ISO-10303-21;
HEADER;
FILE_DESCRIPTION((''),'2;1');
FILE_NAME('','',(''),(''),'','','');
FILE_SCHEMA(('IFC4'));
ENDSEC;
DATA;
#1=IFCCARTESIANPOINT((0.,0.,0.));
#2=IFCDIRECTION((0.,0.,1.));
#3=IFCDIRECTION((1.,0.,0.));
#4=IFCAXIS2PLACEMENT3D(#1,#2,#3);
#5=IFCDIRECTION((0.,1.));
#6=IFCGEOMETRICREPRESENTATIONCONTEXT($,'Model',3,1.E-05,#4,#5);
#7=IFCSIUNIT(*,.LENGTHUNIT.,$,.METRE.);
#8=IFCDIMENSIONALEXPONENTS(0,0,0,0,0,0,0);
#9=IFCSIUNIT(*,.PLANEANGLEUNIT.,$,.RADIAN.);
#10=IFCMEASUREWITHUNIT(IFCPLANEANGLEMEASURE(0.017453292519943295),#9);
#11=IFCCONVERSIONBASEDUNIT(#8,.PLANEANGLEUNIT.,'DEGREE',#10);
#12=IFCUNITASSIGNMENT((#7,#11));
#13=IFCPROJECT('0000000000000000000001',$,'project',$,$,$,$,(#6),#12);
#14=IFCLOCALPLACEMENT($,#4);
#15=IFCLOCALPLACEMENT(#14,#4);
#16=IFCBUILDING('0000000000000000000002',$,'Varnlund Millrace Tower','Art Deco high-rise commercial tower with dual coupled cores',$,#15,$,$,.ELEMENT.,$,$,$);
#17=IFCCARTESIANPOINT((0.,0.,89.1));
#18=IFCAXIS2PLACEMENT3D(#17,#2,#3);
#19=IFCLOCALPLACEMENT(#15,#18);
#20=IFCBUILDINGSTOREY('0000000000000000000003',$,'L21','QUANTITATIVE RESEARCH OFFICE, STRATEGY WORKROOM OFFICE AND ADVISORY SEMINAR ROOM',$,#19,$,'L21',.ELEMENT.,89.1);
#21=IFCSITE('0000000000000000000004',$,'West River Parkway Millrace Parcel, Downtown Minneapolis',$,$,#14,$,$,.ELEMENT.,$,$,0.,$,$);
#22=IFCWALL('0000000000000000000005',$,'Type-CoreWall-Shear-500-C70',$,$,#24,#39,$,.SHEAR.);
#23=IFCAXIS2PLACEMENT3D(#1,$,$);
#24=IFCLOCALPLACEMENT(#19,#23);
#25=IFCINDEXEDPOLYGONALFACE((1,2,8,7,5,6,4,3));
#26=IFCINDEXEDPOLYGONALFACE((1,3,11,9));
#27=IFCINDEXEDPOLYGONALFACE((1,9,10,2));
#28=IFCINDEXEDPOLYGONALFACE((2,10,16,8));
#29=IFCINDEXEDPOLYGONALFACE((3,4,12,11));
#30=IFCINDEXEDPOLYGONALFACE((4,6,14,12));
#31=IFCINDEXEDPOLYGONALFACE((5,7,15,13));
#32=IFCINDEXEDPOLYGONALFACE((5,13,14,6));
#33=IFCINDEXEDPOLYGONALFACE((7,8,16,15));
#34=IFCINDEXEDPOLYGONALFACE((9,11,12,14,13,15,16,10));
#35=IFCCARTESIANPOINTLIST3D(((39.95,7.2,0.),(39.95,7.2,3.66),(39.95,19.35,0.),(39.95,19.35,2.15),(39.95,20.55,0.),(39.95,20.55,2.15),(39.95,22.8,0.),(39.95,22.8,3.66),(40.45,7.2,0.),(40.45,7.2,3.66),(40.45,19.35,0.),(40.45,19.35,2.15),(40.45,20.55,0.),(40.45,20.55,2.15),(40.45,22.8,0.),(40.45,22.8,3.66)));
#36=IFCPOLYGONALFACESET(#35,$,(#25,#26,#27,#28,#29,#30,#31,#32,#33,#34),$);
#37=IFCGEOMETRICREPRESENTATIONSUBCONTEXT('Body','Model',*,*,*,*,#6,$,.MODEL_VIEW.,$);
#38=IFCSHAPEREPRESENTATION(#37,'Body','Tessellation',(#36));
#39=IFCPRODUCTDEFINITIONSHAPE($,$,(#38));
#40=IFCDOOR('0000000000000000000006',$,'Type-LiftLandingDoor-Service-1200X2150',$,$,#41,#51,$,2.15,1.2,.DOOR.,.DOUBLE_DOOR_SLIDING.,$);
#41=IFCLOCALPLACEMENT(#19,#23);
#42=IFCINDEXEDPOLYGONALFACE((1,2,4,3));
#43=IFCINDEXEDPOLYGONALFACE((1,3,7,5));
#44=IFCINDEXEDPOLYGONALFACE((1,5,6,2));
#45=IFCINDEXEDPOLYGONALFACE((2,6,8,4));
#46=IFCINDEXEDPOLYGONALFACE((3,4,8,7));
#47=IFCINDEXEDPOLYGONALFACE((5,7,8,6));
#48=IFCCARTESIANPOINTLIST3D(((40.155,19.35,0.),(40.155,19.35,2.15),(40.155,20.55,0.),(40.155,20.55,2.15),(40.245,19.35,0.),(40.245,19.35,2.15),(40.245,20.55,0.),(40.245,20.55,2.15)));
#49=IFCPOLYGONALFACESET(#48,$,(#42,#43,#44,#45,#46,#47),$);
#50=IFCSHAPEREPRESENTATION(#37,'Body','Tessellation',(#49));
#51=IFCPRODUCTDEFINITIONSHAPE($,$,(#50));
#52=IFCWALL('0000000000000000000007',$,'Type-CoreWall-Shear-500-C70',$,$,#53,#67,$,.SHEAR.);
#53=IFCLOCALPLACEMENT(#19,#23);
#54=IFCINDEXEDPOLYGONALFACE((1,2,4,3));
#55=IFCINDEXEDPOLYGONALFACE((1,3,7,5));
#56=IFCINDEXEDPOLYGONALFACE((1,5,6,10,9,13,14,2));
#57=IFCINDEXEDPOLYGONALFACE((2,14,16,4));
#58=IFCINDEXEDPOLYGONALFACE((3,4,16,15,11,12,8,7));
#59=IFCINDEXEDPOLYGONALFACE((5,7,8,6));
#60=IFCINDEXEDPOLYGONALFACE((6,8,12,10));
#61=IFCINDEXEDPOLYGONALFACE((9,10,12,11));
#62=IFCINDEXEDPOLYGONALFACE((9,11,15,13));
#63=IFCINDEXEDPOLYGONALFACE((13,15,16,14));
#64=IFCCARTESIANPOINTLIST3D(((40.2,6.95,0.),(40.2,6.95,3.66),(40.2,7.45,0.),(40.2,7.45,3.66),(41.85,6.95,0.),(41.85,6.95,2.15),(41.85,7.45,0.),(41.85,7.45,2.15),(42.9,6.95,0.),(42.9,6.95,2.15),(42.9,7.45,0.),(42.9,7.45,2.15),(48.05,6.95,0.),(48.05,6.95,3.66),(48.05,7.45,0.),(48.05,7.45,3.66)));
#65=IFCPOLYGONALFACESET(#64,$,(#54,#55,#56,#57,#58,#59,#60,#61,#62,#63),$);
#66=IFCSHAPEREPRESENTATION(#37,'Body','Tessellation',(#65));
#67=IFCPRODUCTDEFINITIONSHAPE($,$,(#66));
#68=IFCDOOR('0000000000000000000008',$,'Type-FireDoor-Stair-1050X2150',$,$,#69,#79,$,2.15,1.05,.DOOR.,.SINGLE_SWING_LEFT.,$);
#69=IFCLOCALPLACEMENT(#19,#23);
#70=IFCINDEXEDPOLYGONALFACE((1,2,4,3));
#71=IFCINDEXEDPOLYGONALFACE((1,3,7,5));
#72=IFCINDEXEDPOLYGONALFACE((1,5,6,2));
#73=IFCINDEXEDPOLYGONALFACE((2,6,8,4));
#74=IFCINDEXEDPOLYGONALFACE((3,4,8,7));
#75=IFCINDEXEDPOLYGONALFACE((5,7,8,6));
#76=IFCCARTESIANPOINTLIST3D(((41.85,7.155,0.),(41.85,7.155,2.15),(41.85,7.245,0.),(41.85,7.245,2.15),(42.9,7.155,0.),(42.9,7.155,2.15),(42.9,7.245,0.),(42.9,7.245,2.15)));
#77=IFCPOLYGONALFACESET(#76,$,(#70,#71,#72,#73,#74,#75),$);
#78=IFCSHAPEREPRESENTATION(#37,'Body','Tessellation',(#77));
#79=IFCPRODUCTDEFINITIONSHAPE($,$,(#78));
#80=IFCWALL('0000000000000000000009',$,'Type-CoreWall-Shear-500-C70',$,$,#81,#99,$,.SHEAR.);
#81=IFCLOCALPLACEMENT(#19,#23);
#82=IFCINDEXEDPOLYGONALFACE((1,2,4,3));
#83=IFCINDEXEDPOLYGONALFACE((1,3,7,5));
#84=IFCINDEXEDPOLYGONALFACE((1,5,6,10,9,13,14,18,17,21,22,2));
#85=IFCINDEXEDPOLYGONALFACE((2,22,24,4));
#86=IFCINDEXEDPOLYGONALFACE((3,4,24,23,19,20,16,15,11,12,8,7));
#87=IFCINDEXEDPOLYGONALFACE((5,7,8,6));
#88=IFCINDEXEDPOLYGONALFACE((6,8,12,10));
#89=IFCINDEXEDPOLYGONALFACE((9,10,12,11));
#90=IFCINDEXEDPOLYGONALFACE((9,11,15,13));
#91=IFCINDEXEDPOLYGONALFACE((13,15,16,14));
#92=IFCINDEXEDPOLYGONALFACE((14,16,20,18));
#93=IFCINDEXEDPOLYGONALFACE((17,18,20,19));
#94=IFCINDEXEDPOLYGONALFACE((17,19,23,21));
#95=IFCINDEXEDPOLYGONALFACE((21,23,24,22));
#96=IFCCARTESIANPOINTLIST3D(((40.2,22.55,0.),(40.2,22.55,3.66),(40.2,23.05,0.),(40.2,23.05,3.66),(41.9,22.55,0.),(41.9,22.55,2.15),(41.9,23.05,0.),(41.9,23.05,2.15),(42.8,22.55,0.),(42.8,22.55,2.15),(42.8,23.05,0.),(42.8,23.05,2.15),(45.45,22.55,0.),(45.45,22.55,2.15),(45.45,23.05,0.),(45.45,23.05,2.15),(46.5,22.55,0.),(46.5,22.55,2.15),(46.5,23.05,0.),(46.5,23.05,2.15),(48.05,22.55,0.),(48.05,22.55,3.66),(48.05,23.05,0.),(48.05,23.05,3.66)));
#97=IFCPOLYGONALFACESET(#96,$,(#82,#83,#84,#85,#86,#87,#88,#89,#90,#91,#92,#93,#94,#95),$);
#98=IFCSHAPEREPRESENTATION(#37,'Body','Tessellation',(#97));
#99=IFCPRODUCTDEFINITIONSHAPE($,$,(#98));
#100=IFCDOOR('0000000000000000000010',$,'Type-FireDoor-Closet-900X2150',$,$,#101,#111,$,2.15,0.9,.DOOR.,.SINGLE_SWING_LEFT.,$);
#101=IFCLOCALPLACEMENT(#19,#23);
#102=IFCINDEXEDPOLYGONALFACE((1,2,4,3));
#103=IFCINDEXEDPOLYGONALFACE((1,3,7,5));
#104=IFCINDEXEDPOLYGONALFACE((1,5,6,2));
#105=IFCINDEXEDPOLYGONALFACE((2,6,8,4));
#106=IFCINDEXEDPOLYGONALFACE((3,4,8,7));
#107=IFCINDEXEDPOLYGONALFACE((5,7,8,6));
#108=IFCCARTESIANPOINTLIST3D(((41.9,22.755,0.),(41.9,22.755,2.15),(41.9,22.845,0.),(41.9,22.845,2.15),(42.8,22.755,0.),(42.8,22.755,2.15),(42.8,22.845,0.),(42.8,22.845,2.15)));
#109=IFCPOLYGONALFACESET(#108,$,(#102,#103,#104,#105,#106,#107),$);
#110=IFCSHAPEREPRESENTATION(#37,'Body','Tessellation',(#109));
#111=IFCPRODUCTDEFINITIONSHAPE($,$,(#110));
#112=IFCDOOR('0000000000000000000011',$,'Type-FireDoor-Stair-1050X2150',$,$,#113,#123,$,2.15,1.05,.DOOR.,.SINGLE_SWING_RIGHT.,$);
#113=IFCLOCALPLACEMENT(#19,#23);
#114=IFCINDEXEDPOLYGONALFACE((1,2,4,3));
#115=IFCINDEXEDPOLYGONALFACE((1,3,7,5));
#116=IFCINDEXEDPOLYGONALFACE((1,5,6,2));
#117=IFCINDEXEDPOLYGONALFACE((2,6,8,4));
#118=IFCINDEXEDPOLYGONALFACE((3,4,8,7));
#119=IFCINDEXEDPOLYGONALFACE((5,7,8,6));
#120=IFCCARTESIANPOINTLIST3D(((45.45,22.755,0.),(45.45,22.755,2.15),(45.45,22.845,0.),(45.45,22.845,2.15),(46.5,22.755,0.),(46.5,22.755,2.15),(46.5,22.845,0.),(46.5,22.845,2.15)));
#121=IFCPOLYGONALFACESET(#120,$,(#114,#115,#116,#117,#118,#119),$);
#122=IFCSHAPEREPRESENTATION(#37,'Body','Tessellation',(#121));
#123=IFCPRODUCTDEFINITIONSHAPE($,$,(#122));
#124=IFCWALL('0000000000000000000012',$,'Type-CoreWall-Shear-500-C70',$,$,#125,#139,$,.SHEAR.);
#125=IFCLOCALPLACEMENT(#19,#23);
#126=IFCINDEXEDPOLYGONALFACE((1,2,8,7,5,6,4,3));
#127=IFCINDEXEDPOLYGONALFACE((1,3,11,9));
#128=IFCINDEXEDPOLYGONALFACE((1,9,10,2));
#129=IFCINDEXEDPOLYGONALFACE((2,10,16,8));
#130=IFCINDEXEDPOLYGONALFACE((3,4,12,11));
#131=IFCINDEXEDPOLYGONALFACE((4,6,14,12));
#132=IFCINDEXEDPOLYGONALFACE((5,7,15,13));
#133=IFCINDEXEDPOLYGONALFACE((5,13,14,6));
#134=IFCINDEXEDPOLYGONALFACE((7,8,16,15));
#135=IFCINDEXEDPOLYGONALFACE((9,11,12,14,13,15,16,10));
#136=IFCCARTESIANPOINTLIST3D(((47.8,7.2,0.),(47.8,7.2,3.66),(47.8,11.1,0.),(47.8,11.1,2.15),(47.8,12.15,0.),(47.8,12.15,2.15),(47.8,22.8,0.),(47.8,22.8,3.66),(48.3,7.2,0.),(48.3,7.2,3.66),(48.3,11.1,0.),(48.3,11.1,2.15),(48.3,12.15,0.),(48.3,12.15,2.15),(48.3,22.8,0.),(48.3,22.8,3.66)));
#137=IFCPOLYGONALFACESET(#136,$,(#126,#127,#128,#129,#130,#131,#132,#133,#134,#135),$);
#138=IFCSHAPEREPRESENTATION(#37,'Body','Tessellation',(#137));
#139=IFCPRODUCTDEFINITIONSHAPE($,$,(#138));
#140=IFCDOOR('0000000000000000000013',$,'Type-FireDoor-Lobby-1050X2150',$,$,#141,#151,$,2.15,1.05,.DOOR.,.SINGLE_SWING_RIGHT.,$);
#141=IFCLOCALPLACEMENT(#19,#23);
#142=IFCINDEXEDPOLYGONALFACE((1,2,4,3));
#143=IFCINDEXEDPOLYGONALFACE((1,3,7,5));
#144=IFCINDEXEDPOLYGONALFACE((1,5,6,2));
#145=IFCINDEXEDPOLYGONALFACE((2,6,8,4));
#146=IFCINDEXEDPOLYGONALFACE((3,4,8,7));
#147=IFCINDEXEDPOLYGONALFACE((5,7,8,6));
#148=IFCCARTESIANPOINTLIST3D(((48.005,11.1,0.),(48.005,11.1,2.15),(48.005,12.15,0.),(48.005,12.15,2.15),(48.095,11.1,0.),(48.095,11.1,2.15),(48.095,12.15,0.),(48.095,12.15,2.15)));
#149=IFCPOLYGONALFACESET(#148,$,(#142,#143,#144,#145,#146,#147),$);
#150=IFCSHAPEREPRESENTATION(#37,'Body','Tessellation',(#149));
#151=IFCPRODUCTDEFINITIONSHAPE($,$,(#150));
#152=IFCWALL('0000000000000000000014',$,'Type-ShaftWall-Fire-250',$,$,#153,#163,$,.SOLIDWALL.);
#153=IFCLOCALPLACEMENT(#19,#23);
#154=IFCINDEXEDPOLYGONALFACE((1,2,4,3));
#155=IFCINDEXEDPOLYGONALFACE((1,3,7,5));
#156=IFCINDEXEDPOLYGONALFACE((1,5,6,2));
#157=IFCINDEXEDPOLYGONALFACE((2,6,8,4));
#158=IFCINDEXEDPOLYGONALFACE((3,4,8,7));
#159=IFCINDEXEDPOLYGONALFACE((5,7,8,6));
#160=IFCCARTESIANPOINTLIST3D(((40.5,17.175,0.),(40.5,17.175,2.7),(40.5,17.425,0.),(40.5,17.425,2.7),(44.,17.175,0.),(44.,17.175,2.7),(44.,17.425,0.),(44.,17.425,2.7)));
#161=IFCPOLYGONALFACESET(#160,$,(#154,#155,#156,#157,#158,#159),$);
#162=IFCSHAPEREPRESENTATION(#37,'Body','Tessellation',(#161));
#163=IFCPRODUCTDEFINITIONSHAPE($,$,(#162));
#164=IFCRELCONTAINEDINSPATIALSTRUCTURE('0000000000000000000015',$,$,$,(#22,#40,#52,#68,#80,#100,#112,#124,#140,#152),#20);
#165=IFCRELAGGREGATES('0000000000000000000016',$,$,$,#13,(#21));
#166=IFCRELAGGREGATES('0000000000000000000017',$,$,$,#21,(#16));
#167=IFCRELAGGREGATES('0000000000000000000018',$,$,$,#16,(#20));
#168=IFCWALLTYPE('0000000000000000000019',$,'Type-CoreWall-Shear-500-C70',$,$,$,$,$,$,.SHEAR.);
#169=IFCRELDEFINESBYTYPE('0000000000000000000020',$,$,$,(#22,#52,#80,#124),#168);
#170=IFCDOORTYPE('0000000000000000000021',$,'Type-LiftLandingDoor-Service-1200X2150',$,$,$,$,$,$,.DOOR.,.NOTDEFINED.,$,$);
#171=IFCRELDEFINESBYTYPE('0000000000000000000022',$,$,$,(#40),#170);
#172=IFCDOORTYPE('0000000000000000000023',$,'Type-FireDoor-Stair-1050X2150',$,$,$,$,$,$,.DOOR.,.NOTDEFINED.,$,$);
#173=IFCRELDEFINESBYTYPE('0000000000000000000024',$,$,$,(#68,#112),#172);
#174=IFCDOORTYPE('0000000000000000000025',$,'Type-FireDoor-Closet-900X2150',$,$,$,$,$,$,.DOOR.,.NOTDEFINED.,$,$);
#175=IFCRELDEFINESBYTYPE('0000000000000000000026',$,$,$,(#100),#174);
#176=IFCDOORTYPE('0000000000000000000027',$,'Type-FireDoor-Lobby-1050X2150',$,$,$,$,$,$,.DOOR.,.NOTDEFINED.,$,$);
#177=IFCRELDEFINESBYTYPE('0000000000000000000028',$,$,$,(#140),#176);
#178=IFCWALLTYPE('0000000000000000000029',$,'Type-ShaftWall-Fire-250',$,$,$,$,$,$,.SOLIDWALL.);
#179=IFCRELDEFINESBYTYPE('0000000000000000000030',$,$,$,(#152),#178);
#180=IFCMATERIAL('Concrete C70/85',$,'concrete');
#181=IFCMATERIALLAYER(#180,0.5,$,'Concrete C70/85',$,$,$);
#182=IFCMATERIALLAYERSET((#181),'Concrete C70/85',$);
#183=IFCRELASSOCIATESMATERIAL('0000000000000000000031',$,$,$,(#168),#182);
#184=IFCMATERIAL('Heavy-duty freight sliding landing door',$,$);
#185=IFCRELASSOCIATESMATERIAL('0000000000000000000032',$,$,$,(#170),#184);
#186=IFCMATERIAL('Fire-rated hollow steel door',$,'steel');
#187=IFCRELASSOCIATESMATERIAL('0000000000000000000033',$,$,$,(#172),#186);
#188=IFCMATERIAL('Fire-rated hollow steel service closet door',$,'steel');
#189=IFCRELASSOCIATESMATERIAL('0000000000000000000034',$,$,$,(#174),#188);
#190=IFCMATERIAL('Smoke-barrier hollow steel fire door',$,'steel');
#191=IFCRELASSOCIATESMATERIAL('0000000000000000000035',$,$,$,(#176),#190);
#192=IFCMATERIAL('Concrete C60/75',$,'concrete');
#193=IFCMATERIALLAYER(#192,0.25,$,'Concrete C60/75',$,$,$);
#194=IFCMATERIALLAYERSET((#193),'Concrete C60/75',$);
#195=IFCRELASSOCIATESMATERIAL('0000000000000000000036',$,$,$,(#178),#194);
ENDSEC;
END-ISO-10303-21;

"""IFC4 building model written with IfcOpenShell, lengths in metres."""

from ifc_helpers import new_model, entity, si_unit, converted_unit, direction, frame, origin_with_axes, origin_2d_with_axis, place, context, subcontext, project, spatial, polyline, rectangle, outline, extrude, material, layer, layer_set, type_object, element, fill, save


model = new_model("IFC4")

# Units and contexts
model_context = context("Model", 3, precision=1e-05, world=origin_with_axes(), true_north=direction((0.0, 1.0)))
body_context = subcontext(model_context, "Body", "Model", "MODEL_VIEW")
ifc_project = project(units=[si_unit("LENGTHUNIT", "METRE"), converted_unit("PLANEANGLEUNIT", "DEGREE", entity("IfcPlaneAngleMeasure", 0.017453292519943295), si_unit("PLANEANGLEUNIT", "RADIAN"), dimensions=[0, 0, 0, 0, 0, 0, 0])], contexts=[model_context])

# Site, building, storey
site_placement = place(None, origin_with_axes())
site = spatial("IfcSite", under=ifc_project, at=site_placement, Name="West River Parkway Millrace Parcel, Downtown Minneapolis", CompositionType="ELEMENT", RefElevation=0.0)
building_placement = place(site_placement, origin_with_axes())
building = spatial("IfcBuilding", under=site, at=building_placement, Name="Varnlund Millrace Tower", Description="Art Deco high-rise commercial tower with dual coupled cores", CompositionType="ELEMENT")
storey_placement = place(building_placement, frame((0.0, 0.0, 89.1), z_axis=(0.0, 0.0, 1.0), x_axis=(1.0, 0.0, 0.0)))
storey = spatial("IfcBuildingStorey", under=building, at=storey_placement, Name="L21", Description="QUANTITATIVE RESEARCH OFFICE, STRATEGY WORKROOM OFFICE AND ADVISORY SEMINAR ROOM", LongName="L21", CompositionType="ELEMENT", Elevation=89.1)

# Walls, openings, doors
ifc_material_1 = material(Name="Concrete C70/85", Category="concrete")
ifc_layer_1 = layer(ifc_material_1, 0.5, Name="Concrete C70/85")
ifc_layer_set_1 = layer_set([ifc_layer_1], Name="Concrete C70/85")
wall_type_1 = type_object("IfcWallType", Name="Type-CoreWall-Shear-500-C70", PredefinedType="SHEAR", material=ifc_layer_set_1)
wall_1_placement = place(storey_placement, frame((40.2, 7.2, 0.0), z_axis=(0.0, 0.0, 1.0), x_axis=(0.0, 1.0, 0.0)))
wall_1 = element("IfcWall", 1, at=wall_1_placement, inside=storey, type_object=wall_type_1, Name="Type-CoreWall-Shear-500-C70", PredefinedType="SHEAR", context=body_context, shape_type="SweptSolid", body=[
    extrude(outline(polyline([(0.0, -0.25), (15.6, -0.25), (15.6, 0.25), (0.0, 0.25), (0.0, -0.25)])), origin_with_axes(), (0.0, 0.0, 1.0), 3.66),
])
opening_1_placement = place(wall_1_placement, frame((12.75, 0.0, 0.0), z_axis=(0.0, 0.0, 1.0), x_axis=(1.0, 0.0, 0.0)))
opening_1 = element("IfcOpeningElement", 2, at=opening_1_placement, cuts=wall_1, PredefinedType="OPENING", context=body_context, shape_type="SweptSolid", body=[
    extrude(rectangle(XDim=1.2, YDim=0.52, at=origin_2d_with_axis()), origin_with_axes(), (0.0, 0.0, 1.0), 2.15),
])
ifc_material_2 = material(Name="Heavy-duty freight sliding landing door")
door_type_1 = type_object("IfcDoorType", Name="Type-LiftLandingDoor-Service-1200X2150", OperationType="NOTDEFINED", PredefinedType="DOOR", material=ifc_material_2)
door_1_placement = place(wall_1_placement, frame((12.75, 0.0, 0.0), z_axis=(0.0, 0.0, 1.0), x_axis=(1.0, 0.0, 0.0)))
door_1 = element("IfcDoor", 3, at=door_1_placement, inside=storey, type_object=door_type_1, Name="Type-LiftLandingDoor-Service-1200X2150", OperationType="DOUBLE_DOOR_SLIDING", OverallHeight=2.15, OverallWidth=1.2, PredefinedType="DOOR", context=body_context, shape_type="SweptSolid", body=[
    extrude(rectangle(XDim=1.2, YDim=0.09, at=origin_2d_with_axis()), origin_with_axes(), (0.0, 0.0, 1.0), 2.15),
])
fill(opening_1, door_1)
wall_2_placement = place(storey_placement, frame((40.2, 7.2, 0.0), z_axis=(0.0, 0.0, 1.0), x_axis=(1.0, 0.0, 0.0)))
wall_2 = element("IfcWall", 4, at=wall_2_placement, inside=storey, type_object=wall_type_1, Name="Type-CoreWall-Shear-500-C70", PredefinedType="SHEAR", context=body_context, shape_type="SweptSolid", body=[
    extrude(outline(polyline([(0.0, -0.25), (7.85, -0.25), (7.85, 0.25), (0.0, 0.25), (0.0, -0.25)])), origin_with_axes(), (0.0, 0.0, 1.0), 3.66),
])
opening_2_placement = place(wall_2_placement, frame((2.175, 0.0, 0.0), z_axis=(0.0, 0.0, 1.0), x_axis=(1.0, 0.0, 0.0)))
opening_2 = element("IfcOpeningElement", 5, at=opening_2_placement, cuts=wall_2, PredefinedType="OPENING", context=body_context, shape_type="SweptSolid", body=[
    extrude(rectangle(XDim=1.05, YDim=0.52, at=origin_2d_with_axis()), origin_with_axes(), (0.0, 0.0, 1.0), 2.15),
])
ifc_material_3 = material(Name="Fire-rated hollow steel door", Category="steel")
door_type_2 = type_object("IfcDoorType", Name="Type-FireDoor-Stair-1050X2150", OperationType="NOTDEFINED", PredefinedType="DOOR", material=ifc_material_3)
door_2_placement = place(wall_2_placement, frame((2.175, 0.0, 0.0), z_axis=(0.0, 0.0, 1.0), x_axis=(1.0, 0.0, 0.0)))
door_2 = element("IfcDoor", 6, at=door_2_placement, inside=storey, type_object=door_type_2, Name="Type-FireDoor-Stair-1050X2150", OperationType="SINGLE_SWING_LEFT", OverallHeight=2.15, OverallWidth=1.05, PredefinedType="DOOR", context=body_context, shape_type="SweptSolid", body=[
    extrude(rectangle(XDim=1.05, YDim=0.09, at=origin_2d_with_axis()), origin_with_axes(), (0.0, 0.0, 1.0), 2.15),
])
fill(opening_2, door_2)

# Wall, openings, doors
wall_3_placement = place(storey_placement, frame((40.2, 22.8, 0.0), z_axis=(0.0, 0.0, 1.0), x_axis=(1.0, 0.0, 0.0)))
wall_3 = element("IfcWall", 7, at=wall_3_placement, inside=storey, type_object=wall_type_1, Name="Type-CoreWall-Shear-500-C70", PredefinedType="SHEAR", context=body_context, shape_type="SweptSolid", body=[
    extrude(outline(polyline([(0.0, -0.25), (7.85, -0.25), (7.85, 0.25), (0.0, 0.25), (0.0, -0.25)])), origin_with_axes(), (0.0, 0.0, 1.0), 3.66),
])
opening_3_placement = place(wall_3_placement, frame((5.775, 0.0, 0.0), z_axis=(0.0, 0.0, 1.0), x_axis=(1.0, 0.0, 0.0)))
opening_3 = element("IfcOpeningElement", 8, at=opening_3_placement, cuts=wall_3, PredefinedType="OPENING", context=body_context, shape_type="SweptSolid", body=[
    extrude(rectangle(XDim=1.05, YDim=0.52, at=origin_2d_with_axis()), origin_with_axes(), (0.0, 0.0, 1.0), 2.15),
])
opening_4_placement = place(wall_3_placement, frame((2.15, 0.0, 0.0), z_axis=(0.0, 0.0, 1.0), x_axis=(1.0, 0.0, 0.0)))
opening_4 = element("IfcOpeningElement", 9, at=opening_4_placement, cuts=wall_3, PredefinedType="OPENING", context=body_context, shape_type="SweptSolid", body=[
    extrude(rectangle(XDim=0.9, YDim=0.52, at=origin_2d_with_axis()), origin_with_axes(), (0.0, 0.0, 1.0), 2.15),
])
ifc_material_4 = material(Name="Fire-rated hollow steel service closet door", Category="steel")
door_type_3 = type_object("IfcDoorType", Name="Type-FireDoor-Closet-900X2150", OperationType="NOTDEFINED", PredefinedType="DOOR", material=ifc_material_4)
door_3_placement = place(wall_3_placement, frame((2.15, 0.0, 0.0), z_axis=(0.0, 0.0, 1.0), x_axis=(1.0, 0.0, 0.0)))
door_3 = element("IfcDoor", 10, at=door_3_placement, inside=storey, type_object=door_type_3, Name="Type-FireDoor-Closet-900X2150", OperationType="SINGLE_SWING_LEFT", OverallHeight=2.15, OverallWidth=0.9, PredefinedType="DOOR", context=body_context, shape_type="SweptSolid", body=[
    extrude(rectangle(XDim=0.9, YDim=0.09, at=origin_2d_with_axis()), origin_with_axes(), (0.0, 0.0, 1.0), 2.15),
])
fill(opening_4, door_3)
door_4_placement = place(wall_3_placement, frame((5.775, 0.0, 0.0), z_axis=(0.0, 0.0, 1.0), x_axis=(1.0, 0.0, 0.0)))
door_4 = element("IfcDoor", 11, at=door_4_placement, inside=storey, type_object=door_type_2, Name="Type-FireDoor-Stair-1050X2150", OperationType="SINGLE_SWING_RIGHT", OverallHeight=2.15, OverallWidth=1.05, PredefinedType="DOOR", context=body_context, shape_type="SweptSolid", body=[
    extrude(rectangle(XDim=1.05, YDim=0.09, at=origin_2d_with_axis()), origin_with_axes(), (0.0, 0.0, 1.0), 2.15),
])
fill(opening_3, door_4)

# Wall, opening, door
wall_4_placement = place(storey_placement, frame((48.05, 7.2, 0.0), z_axis=(0.0, 0.0, 1.0), x_axis=(0.0, 1.0, 0.0)))
wall_4 = element("IfcWall", 12, at=wall_4_placement, inside=storey, type_object=wall_type_1, Name="Type-CoreWall-Shear-500-C70", PredefinedType="SHEAR", context=body_context, shape_type="SweptSolid", body=[
    extrude(outline(polyline([(0.0, -0.25), (15.6, -0.25), (15.6, 0.25), (0.0, 0.25), (0.0, -0.25)])), origin_with_axes(), (0.0, 0.0, 1.0), 3.66),
])
opening_5_placement = place(wall_4_placement, frame((4.425, 0.0, 0.0), z_axis=(0.0, 0.0, 1.0), x_axis=(1.0, 0.0, 0.0)))
opening_5 = element("IfcOpeningElement", 13, at=opening_5_placement, cuts=wall_4, PredefinedType="OPENING", context=body_context, shape_type="SweptSolid", body=[
    extrude(rectangle(XDim=1.05, YDim=0.52, at=origin_2d_with_axis()), origin_with_axes(), (0.0, 0.0, 1.0), 2.15),
])
ifc_material_5 = material(Name="Smoke-barrier hollow steel fire door", Category="steel")
door_type_4 = type_object("IfcDoorType", Name="Type-FireDoor-Lobby-1050X2150", OperationType="NOTDEFINED", PredefinedType="DOOR", material=ifc_material_5)
door_5_placement = place(wall_4_placement, frame((4.425, 0.0, 0.0), z_axis=(0.0, 0.0, 1.0), x_axis=(1.0, 0.0, 0.0)))
door_5 = element("IfcDoor", 14, at=door_5_placement, inside=storey, type_object=door_type_4, Name="Type-FireDoor-Lobby-1050X2150", OperationType="SINGLE_SWING_RIGHT", OverallHeight=2.15, OverallWidth=1.05, PredefinedType="DOOR", context=body_context, shape_type="SweptSolid", body=[
    extrude(rectangle(XDim=1.05, YDim=0.09, at=origin_2d_with_axis()), origin_with_axes(), (0.0, 0.0, 1.0), 2.15),
])
fill(opening_5, door_5)

# Wall
ifc_material_6 = material(Name="Concrete C60/75", Category="concrete")
ifc_layer_2 = layer(ifc_material_6, 0.25, Name="Concrete C60/75")
ifc_layer_set_2 = layer_set([ifc_layer_2], Name="Concrete C60/75")
wall_type_2 = type_object("IfcWallType", Name="Type-ShaftWall-Fire-250", PredefinedType="SOLIDWALL", material=ifc_layer_set_2)
for number, where, z_axis, x_axis, name in (
    (15, (40.5, 17.3, 0.0), (0.0, 0.0, 1.0), (1.0, 0.0, 0.0), "Type-ShaftWall-Fire-250"),
):
    element("IfcWall", number, at=place(storey_placement, frame(where, z_axis=z_axis, x_axis=x_axis)), inside=storey, type_object=wall_type_2, Name=name, PredefinedType="SOLIDWALL", context=body_context, shape_type="SweptSolid", body=[
        extrude(outline(polyline([(0.0, -0.125), (3.5, -0.125), (3.5, 0.125), (0.0, 0.125), (0.0, -0.125)])), origin_with_axes(), (0.0, 0.0, 1.0), 2.7),
    ])

save(model, "model.ifc")
